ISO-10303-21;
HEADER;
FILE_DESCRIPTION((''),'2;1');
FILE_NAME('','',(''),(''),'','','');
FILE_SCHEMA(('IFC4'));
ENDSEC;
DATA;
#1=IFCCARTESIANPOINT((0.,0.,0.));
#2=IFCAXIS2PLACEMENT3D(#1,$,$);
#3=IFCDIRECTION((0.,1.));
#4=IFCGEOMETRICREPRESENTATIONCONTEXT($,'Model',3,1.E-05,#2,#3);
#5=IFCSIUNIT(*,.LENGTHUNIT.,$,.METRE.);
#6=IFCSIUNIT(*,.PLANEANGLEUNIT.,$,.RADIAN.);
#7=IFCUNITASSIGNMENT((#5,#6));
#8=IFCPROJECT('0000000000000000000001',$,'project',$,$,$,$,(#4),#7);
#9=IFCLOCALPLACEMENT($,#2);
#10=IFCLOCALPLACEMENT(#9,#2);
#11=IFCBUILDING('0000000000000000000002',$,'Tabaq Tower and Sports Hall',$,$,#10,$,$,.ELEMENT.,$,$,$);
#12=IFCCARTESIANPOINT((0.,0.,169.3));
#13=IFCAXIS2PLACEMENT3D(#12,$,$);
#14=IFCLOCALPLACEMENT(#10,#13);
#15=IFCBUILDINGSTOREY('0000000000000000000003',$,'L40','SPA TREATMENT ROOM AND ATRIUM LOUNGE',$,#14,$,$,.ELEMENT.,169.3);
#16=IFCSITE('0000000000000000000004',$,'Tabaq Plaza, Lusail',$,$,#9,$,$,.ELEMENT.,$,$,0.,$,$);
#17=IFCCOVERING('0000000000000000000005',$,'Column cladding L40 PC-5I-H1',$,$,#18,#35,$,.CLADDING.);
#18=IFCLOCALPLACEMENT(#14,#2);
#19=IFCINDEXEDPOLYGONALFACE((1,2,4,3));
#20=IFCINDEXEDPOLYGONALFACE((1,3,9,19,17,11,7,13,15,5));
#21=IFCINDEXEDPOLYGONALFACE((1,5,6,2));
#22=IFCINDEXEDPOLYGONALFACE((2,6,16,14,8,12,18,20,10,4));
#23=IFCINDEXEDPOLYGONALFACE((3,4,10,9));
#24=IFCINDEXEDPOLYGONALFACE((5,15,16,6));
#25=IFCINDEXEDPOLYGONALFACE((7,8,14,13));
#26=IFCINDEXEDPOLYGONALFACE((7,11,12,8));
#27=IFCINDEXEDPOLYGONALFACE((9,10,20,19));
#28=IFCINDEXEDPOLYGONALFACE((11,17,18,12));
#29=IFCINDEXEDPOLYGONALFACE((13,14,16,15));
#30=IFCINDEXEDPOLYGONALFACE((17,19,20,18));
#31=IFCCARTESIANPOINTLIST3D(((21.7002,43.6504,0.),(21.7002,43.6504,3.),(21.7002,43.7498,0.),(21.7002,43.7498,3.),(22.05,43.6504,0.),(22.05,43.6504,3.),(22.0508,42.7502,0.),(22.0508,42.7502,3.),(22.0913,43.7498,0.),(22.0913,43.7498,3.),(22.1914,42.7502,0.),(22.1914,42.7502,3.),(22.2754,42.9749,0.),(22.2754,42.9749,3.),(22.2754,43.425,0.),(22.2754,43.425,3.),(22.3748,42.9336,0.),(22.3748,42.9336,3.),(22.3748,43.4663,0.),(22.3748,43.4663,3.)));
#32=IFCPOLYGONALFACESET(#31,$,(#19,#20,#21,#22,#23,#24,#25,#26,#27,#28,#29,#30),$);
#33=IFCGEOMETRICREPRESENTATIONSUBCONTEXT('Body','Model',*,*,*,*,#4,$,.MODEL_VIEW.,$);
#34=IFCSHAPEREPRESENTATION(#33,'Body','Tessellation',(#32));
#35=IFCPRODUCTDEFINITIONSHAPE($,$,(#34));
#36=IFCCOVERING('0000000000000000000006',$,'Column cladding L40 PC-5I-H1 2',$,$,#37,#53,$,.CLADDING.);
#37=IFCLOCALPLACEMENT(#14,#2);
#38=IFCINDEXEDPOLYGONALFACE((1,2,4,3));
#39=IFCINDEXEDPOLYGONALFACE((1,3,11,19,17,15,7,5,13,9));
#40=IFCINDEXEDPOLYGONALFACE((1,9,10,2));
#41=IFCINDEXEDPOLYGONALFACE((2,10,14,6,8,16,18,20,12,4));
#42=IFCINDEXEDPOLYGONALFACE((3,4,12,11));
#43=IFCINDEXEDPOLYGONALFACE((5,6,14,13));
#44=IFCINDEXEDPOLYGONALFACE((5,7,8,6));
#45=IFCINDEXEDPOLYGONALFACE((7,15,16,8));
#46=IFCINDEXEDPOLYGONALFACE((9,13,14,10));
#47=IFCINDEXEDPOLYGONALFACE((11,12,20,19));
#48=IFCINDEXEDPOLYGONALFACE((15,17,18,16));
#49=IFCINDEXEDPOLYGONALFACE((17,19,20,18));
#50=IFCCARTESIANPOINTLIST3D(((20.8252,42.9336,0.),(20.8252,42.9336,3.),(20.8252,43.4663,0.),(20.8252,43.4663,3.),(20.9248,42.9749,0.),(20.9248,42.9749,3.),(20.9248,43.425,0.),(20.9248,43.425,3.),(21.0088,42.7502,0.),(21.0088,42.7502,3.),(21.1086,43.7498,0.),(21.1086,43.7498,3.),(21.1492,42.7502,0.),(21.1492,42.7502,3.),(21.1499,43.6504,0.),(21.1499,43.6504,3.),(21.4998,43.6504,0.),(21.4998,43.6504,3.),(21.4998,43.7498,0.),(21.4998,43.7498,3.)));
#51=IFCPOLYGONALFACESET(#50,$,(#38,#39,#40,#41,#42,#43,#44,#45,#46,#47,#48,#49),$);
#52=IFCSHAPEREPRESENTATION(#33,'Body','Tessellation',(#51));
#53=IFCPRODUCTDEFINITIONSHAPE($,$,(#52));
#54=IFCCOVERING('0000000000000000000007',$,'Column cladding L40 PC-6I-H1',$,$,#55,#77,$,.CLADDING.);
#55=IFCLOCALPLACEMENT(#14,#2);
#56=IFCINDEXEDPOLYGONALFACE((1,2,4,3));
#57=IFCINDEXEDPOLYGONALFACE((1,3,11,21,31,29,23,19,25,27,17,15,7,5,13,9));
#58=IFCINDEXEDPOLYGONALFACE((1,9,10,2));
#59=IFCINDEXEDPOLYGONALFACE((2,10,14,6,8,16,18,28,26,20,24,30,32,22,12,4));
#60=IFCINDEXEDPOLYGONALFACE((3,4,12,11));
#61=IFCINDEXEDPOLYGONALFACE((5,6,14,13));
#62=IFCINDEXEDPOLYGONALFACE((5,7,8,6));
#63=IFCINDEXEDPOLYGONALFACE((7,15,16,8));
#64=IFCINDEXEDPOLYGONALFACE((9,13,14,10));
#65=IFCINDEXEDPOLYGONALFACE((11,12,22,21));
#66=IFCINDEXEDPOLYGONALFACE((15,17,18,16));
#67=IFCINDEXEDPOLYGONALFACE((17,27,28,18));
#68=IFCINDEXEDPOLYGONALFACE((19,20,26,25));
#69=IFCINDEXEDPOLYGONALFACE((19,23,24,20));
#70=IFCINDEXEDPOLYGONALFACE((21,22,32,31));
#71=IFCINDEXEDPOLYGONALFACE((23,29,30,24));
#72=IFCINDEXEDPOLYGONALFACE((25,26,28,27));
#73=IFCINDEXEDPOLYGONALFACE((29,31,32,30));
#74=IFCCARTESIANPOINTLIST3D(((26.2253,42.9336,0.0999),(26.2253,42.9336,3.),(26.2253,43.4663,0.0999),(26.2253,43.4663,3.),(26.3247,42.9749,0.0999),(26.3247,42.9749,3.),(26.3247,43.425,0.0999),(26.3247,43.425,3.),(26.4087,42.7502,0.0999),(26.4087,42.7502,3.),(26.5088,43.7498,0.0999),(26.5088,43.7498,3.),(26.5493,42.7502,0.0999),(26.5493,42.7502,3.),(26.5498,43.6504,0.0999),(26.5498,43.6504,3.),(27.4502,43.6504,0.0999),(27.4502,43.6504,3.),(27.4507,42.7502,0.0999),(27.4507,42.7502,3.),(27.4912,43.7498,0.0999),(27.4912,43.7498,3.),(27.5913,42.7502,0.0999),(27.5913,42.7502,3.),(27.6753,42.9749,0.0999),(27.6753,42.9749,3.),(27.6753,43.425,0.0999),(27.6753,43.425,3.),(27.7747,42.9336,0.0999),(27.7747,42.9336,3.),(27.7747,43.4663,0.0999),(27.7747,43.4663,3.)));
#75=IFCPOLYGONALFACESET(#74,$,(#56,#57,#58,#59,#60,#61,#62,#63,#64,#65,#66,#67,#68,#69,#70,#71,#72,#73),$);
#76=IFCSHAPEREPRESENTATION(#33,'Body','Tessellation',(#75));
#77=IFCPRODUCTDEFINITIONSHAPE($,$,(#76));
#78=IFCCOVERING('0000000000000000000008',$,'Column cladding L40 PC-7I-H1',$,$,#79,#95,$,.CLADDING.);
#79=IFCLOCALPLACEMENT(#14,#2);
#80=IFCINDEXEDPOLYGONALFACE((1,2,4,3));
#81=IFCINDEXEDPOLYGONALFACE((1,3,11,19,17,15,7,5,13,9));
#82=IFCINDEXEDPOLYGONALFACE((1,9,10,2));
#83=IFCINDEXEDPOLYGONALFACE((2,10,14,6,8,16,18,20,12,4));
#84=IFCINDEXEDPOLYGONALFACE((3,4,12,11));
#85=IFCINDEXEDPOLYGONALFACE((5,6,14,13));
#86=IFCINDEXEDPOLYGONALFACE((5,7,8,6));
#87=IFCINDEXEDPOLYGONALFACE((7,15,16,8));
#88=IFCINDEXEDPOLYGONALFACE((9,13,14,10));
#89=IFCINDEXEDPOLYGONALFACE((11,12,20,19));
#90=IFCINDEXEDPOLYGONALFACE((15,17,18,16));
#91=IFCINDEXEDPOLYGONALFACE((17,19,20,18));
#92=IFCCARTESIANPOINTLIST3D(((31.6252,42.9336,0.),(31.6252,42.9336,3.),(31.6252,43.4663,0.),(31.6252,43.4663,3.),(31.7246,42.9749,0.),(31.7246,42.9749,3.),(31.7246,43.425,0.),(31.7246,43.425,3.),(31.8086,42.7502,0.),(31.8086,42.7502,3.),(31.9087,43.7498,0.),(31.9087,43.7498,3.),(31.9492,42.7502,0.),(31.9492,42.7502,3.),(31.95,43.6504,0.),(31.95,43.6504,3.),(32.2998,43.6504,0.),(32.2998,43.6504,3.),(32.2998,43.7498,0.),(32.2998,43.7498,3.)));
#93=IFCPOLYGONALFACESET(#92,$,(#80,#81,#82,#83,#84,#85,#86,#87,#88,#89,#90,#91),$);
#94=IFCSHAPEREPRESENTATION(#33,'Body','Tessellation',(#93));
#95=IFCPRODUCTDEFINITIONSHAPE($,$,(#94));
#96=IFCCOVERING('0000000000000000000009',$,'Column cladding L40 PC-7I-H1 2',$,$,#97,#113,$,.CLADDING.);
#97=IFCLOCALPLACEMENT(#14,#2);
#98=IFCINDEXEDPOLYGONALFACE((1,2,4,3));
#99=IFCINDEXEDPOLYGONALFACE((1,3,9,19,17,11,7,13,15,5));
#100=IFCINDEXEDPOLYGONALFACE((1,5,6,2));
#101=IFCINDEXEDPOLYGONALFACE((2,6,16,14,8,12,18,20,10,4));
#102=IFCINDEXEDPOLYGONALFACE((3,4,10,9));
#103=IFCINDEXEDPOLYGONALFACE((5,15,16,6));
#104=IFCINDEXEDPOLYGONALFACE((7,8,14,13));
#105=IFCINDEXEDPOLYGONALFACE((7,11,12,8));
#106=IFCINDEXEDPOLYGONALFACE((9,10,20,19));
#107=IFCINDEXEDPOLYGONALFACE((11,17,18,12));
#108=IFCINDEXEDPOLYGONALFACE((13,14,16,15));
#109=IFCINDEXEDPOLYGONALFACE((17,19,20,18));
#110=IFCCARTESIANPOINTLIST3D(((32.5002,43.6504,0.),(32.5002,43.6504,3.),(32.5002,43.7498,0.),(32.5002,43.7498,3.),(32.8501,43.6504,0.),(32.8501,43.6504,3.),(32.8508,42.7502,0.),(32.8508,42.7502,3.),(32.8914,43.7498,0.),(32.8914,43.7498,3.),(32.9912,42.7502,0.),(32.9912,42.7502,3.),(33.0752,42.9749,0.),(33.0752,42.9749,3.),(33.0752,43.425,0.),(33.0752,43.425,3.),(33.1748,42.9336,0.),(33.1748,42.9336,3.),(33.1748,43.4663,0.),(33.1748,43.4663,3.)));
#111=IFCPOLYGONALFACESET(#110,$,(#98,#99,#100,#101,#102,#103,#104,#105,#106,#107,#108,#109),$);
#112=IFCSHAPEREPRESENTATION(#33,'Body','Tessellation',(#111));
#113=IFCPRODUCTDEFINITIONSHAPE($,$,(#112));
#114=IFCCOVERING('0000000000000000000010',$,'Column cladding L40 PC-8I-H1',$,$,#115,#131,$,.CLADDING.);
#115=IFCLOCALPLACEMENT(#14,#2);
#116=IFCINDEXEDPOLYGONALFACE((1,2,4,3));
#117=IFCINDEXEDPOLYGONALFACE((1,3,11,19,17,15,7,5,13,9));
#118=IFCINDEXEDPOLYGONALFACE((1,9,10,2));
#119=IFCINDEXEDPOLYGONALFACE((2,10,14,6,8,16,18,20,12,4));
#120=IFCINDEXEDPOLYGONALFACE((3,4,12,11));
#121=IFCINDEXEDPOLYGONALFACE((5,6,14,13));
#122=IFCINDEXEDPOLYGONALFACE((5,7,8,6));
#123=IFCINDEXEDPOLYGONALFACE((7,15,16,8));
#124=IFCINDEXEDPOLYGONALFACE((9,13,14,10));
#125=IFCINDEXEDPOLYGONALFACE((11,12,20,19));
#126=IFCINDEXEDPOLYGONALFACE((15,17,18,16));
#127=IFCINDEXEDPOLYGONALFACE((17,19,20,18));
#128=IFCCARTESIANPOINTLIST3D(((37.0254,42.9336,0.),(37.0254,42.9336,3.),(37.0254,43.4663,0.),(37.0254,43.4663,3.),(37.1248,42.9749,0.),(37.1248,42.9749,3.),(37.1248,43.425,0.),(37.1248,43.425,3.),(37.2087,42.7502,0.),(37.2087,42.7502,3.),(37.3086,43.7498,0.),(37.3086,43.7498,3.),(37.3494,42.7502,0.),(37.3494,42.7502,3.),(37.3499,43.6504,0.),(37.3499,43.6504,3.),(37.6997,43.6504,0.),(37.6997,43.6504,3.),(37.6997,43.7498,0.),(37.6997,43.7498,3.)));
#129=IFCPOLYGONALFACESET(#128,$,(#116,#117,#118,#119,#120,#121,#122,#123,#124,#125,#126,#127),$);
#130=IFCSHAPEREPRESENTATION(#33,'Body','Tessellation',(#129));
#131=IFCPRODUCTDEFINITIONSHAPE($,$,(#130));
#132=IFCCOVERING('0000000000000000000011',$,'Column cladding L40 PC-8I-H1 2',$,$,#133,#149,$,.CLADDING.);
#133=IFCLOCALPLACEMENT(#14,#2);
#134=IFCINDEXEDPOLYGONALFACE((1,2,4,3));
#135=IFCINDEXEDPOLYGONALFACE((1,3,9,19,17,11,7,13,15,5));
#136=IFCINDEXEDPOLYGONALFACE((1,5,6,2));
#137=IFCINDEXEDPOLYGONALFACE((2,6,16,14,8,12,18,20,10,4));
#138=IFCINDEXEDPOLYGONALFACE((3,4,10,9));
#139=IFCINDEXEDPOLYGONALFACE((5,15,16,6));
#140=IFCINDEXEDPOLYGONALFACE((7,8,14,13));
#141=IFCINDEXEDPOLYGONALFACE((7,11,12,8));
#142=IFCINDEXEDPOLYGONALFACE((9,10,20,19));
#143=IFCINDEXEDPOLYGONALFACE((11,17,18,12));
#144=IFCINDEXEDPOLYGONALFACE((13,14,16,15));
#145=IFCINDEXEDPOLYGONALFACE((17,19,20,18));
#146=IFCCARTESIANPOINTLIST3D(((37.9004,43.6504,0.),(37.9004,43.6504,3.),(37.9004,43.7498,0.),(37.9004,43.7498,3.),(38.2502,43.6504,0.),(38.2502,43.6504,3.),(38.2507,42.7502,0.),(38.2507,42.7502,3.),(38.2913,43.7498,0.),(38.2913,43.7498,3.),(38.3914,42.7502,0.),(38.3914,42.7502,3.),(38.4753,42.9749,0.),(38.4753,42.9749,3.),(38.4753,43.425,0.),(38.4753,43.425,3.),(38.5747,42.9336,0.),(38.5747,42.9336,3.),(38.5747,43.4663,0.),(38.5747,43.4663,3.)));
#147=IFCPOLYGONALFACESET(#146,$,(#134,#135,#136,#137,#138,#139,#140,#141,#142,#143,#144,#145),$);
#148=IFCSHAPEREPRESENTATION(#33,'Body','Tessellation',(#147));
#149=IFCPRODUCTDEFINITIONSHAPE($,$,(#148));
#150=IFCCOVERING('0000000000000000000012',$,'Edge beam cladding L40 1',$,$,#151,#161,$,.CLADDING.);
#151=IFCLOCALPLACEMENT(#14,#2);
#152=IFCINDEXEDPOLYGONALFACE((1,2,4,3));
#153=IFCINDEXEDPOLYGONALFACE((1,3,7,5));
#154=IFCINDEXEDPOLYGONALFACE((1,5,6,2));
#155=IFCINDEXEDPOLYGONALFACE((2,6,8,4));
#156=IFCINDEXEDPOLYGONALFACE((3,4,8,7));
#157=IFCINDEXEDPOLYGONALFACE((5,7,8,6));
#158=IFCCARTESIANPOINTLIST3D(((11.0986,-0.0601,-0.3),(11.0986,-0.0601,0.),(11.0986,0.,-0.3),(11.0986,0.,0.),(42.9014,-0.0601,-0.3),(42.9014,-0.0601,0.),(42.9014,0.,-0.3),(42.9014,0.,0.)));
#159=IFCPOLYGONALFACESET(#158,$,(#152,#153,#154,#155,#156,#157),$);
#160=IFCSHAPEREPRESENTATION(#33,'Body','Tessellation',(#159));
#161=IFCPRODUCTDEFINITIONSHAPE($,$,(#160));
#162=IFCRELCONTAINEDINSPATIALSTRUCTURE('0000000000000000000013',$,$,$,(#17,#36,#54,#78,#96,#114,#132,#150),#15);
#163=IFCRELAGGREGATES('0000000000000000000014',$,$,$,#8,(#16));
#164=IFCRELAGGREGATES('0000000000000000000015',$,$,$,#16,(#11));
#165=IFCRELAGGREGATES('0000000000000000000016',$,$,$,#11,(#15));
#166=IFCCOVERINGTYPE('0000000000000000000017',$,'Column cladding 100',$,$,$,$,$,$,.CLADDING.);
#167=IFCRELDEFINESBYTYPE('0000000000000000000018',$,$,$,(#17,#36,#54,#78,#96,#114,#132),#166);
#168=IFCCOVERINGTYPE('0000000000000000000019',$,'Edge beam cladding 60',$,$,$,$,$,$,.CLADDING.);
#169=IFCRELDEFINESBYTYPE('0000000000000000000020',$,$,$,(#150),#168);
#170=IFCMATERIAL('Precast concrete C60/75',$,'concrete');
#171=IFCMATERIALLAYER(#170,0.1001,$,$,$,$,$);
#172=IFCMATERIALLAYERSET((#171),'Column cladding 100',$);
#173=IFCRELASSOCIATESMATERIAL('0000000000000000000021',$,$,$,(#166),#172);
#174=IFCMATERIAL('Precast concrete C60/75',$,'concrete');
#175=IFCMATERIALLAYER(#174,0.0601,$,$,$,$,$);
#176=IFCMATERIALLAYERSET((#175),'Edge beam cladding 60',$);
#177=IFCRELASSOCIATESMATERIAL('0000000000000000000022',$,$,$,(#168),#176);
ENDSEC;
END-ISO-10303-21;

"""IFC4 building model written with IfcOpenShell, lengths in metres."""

from ifc_helpers import new_model, si_unit, direction, frame, frame_2d, origin, place, context, subcontext, project, spatial, polyline, rectangle, outline, extrude, material, layer, layer_set, type_object, element, save


model = new_model("IFC4")

# Units and contexts
model_context = context("Model", 3, precision=1e-05, world=origin(), true_north=direction((0.0, 1.0)))
body_context = subcontext(model_context, "Body", "Model", "MODEL_VIEW")
ifc_project = project(units=[si_unit("LENGTHUNIT", "METRE"), si_unit("PLANEANGLEUNIT", "RADIAN")], contexts=[model_context])

# Site, building, storey
site_placement = place(None, origin())
site = spatial("IfcSite", under=ifc_project, at=site_placement, Name="Tabaq Plaza, Lusail", CompositionType="ELEMENT", RefElevation=0.0)
building_placement = place(site_placement, origin())
building = spatial("IfcBuilding", under=site, at=building_placement, Name="Tabaq Tower and Sports Hall", CompositionType="ELEMENT")
storey_placement = place(building_placement, frame((0.0, 0.0, 169.3)))
storey = spatial("IfcBuildingStorey", under=building, at=storey_placement, Name="L40", Description="SPA TREATMENT ROOM AND ATRIUM LOUNGE", CompositionType="ELEMENT", Elevation=169.3)

# Coverings
ifc_material_1 = material(Name="Precast concrete C60/75", Category="concrete")
ifc_layer_1 = layer(ifc_material_1, 0.1001)
ifc_layer_set_1 = layer_set([ifc_layer_1], Name="Column cladding 100")
covering_type_1 = type_object("IfcCoveringType", Name="Column cladding 100", PredefinedType="CLADDING", material=ifc_layer_set_1)
covering_1_placement = place(storey_placement, origin())
element("IfcCovering", 1, at=covering_1_placement, inside=storey, type_object=covering_type_1, Name="Column cladding L40 PC-5I-H1", PredefinedType="CLADDING", context=body_context, shape_type="SweptSolid", body=[
    extrude(outline(polyline([(22.0913, 43.7498), (22.3748, 43.4663), (22.3748, 42.9336), (22.1914, 42.7502), (22.0508, 42.7502), (22.2754, 42.9749), (22.2754, 43.425), (22.05, 43.6504), (21.7002, 43.6504), (21.7002, 43.7498), (22.0913, 43.7498)])), origin(), (0.0, 0.0, 1.0), 3.0),
])
covering_2_placement = place(storey_placement, origin())
element("IfcCovering", 2, at=covering_2_placement, inside=storey, type_object=covering_type_1, Name="Column cladding L40 PC-5I-H1 2", PredefinedType="CLADDING", context=body_context, shape_type="SweptSolid", body=[
    extrude(outline(polyline([(20.8252, 43.4663), (21.1086, 43.7498), (21.4998, 43.7498), (21.4998, 43.6504), (21.1499, 43.6504), (20.9248, 43.425), (20.9248, 42.9749), (21.1492, 42.7502), (21.0088, 42.7502), (20.8252, 42.9336), (20.8252, 43.4663)])), origin(), (0.0, 0.0, 1.0), 3.0),
])
covering_3_placement = place(storey_placement, frame((0.0, 0.0, 0.0999)))
element("IfcCovering", 3, at=covering_3_placement, inside=storey, type_object=covering_type_1, Name="Column cladding L40 PC-6I-H1", PredefinedType="CLADDING", context=body_context, shape_type="SweptSolid", body=[
    extrude(outline(polyline([(26.2253, 43.4663), (26.5088, 43.7498), (27.4912, 43.7498), (27.7747, 43.4663), (27.7747, 42.9336), (27.5913, 42.7502), (27.4507, 42.7502), (27.6753, 42.9749), (27.6753, 43.425), (27.4502, 43.6504), (26.5498, 43.6504), (26.3247, 43.425), (26.3247, 42.9749), (26.5493, 42.7502), (26.4087, 42.7502), (26.2253, 42.9336), (26.2253, 43.4663)])), origin(), (0.0, 0.0, 1.0), 2.9001),
])
covering_4_placement = place(storey_placement, origin())
element("IfcCovering", 4, at=covering_4_placement, inside=storey, type_object=covering_type_1, Name="Column cladding L40 PC-7I-H1", PredefinedType="CLADDING", context=body_context, shape_type="SweptSolid", body=[
    extrude(outline(polyline([(31.6252, 43.4663), (31.9087, 43.7498), (32.2998, 43.7498), (32.2998, 43.6504), (31.95, 43.6504), (31.7246, 43.425), (31.7246, 42.9749), (31.9492, 42.7502), (31.8086, 42.7502), (31.6252, 42.9336), (31.6252, 43.4663)])), origin(), (0.0, 0.0, 1.0), 3.0),
])
covering_5_placement = place(storey_placement, origin())
element("IfcCovering", 5, at=covering_5_placement, inside=storey, type_object=covering_type_1, Name="Column cladding L40 PC-7I-H1 2", PredefinedType="CLADDING", context=body_context, shape_type="SweptSolid", body=[
    extrude(outline(polyline([(32.8914, 43.7498), (33.1748, 43.4663), (33.1748, 42.9336), (32.9912, 42.7502), (32.8508, 42.7502), (33.0752, 42.9749), (33.0752, 43.425), (32.8501, 43.6504), (32.5002, 43.6504), (32.5002, 43.7498), (32.8914, 43.7498)])), origin(), (0.0, 0.0, 1.0), 3.0),
])
covering_6_placement = place(storey_placement, origin())
element("IfcCovering", 6, at=covering_6_placement, inside=storey, type_object=covering_type_1, Name="Column cladding L40 PC-8I-H1", PredefinedType="CLADDING", context=body_context, shape_type="SweptSolid", body=[
    extrude(outline(polyline([(37.0254, 43.4663), (37.3086, 43.7498), (37.6997, 43.7498), (37.6997, 43.6504), (37.3499, 43.6504), (37.1248, 43.425), (37.1248, 42.9749), (37.3494, 42.7502), (37.2087, 42.7502), (37.0254, 42.9336), (37.0254, 43.4663)])), origin(), (0.0, 0.0, 1.0), 3.0),
])
covering_7_placement = place(storey_placement, origin())
element("IfcCovering", 7, at=covering_7_placement, inside=storey, type_object=covering_type_1, Name="Column cladding L40 PC-8I-H1 2", PredefinedType="CLADDING", context=body_context, shape_type="SweptSolid", body=[
    extrude(outline(polyline([(38.2913, 43.7498), (38.5747, 43.4663), (38.5747, 42.9336), (38.3914, 42.7502), (38.2507, 42.7502), (38.4753, 42.9749), (38.4753, 43.425), (38.2502, 43.6504), (37.9004, 43.6504), (37.9004, 43.7498), (38.2913, 43.7498)])), origin(), (0.0, 0.0, 1.0), 3.0),
])
ifc_material_2 = material(Name="Precast concrete C60/75", Category="concrete")
ifc_layer_2 = layer(ifc_material_2, 0.0601)
ifc_layer_set_2 = layer_set([ifc_layer_2], Name="Edge beam cladding 60")
covering_type_2 = type_object("IfcCoveringType", Name="Edge beam cladding 60", PredefinedType="CLADDING", material=ifc_layer_set_2)
covering_8_placement = place(storey_placement, frame((11.0986, -0.03, -0.3), z_axis=(0.0, 0.0, 1.0), x_axis=(1.0, 0.0, 0.0)))
element("IfcCovering", 8, at=covering_8_placement, inside=storey, type_object=covering_type_2, Name="Edge beam cladding L40 1", PredefinedType="CLADDING", context=body_context, shape_type="SweptSolid", body=[
    extrude(rectangle(XDim=31.8027, YDim=0.0601, at=frame_2d((15.9014, 0.0))), origin(), (0.0, 0.0, 1.0), 0.3),
])

save(model, "model.ifc")
